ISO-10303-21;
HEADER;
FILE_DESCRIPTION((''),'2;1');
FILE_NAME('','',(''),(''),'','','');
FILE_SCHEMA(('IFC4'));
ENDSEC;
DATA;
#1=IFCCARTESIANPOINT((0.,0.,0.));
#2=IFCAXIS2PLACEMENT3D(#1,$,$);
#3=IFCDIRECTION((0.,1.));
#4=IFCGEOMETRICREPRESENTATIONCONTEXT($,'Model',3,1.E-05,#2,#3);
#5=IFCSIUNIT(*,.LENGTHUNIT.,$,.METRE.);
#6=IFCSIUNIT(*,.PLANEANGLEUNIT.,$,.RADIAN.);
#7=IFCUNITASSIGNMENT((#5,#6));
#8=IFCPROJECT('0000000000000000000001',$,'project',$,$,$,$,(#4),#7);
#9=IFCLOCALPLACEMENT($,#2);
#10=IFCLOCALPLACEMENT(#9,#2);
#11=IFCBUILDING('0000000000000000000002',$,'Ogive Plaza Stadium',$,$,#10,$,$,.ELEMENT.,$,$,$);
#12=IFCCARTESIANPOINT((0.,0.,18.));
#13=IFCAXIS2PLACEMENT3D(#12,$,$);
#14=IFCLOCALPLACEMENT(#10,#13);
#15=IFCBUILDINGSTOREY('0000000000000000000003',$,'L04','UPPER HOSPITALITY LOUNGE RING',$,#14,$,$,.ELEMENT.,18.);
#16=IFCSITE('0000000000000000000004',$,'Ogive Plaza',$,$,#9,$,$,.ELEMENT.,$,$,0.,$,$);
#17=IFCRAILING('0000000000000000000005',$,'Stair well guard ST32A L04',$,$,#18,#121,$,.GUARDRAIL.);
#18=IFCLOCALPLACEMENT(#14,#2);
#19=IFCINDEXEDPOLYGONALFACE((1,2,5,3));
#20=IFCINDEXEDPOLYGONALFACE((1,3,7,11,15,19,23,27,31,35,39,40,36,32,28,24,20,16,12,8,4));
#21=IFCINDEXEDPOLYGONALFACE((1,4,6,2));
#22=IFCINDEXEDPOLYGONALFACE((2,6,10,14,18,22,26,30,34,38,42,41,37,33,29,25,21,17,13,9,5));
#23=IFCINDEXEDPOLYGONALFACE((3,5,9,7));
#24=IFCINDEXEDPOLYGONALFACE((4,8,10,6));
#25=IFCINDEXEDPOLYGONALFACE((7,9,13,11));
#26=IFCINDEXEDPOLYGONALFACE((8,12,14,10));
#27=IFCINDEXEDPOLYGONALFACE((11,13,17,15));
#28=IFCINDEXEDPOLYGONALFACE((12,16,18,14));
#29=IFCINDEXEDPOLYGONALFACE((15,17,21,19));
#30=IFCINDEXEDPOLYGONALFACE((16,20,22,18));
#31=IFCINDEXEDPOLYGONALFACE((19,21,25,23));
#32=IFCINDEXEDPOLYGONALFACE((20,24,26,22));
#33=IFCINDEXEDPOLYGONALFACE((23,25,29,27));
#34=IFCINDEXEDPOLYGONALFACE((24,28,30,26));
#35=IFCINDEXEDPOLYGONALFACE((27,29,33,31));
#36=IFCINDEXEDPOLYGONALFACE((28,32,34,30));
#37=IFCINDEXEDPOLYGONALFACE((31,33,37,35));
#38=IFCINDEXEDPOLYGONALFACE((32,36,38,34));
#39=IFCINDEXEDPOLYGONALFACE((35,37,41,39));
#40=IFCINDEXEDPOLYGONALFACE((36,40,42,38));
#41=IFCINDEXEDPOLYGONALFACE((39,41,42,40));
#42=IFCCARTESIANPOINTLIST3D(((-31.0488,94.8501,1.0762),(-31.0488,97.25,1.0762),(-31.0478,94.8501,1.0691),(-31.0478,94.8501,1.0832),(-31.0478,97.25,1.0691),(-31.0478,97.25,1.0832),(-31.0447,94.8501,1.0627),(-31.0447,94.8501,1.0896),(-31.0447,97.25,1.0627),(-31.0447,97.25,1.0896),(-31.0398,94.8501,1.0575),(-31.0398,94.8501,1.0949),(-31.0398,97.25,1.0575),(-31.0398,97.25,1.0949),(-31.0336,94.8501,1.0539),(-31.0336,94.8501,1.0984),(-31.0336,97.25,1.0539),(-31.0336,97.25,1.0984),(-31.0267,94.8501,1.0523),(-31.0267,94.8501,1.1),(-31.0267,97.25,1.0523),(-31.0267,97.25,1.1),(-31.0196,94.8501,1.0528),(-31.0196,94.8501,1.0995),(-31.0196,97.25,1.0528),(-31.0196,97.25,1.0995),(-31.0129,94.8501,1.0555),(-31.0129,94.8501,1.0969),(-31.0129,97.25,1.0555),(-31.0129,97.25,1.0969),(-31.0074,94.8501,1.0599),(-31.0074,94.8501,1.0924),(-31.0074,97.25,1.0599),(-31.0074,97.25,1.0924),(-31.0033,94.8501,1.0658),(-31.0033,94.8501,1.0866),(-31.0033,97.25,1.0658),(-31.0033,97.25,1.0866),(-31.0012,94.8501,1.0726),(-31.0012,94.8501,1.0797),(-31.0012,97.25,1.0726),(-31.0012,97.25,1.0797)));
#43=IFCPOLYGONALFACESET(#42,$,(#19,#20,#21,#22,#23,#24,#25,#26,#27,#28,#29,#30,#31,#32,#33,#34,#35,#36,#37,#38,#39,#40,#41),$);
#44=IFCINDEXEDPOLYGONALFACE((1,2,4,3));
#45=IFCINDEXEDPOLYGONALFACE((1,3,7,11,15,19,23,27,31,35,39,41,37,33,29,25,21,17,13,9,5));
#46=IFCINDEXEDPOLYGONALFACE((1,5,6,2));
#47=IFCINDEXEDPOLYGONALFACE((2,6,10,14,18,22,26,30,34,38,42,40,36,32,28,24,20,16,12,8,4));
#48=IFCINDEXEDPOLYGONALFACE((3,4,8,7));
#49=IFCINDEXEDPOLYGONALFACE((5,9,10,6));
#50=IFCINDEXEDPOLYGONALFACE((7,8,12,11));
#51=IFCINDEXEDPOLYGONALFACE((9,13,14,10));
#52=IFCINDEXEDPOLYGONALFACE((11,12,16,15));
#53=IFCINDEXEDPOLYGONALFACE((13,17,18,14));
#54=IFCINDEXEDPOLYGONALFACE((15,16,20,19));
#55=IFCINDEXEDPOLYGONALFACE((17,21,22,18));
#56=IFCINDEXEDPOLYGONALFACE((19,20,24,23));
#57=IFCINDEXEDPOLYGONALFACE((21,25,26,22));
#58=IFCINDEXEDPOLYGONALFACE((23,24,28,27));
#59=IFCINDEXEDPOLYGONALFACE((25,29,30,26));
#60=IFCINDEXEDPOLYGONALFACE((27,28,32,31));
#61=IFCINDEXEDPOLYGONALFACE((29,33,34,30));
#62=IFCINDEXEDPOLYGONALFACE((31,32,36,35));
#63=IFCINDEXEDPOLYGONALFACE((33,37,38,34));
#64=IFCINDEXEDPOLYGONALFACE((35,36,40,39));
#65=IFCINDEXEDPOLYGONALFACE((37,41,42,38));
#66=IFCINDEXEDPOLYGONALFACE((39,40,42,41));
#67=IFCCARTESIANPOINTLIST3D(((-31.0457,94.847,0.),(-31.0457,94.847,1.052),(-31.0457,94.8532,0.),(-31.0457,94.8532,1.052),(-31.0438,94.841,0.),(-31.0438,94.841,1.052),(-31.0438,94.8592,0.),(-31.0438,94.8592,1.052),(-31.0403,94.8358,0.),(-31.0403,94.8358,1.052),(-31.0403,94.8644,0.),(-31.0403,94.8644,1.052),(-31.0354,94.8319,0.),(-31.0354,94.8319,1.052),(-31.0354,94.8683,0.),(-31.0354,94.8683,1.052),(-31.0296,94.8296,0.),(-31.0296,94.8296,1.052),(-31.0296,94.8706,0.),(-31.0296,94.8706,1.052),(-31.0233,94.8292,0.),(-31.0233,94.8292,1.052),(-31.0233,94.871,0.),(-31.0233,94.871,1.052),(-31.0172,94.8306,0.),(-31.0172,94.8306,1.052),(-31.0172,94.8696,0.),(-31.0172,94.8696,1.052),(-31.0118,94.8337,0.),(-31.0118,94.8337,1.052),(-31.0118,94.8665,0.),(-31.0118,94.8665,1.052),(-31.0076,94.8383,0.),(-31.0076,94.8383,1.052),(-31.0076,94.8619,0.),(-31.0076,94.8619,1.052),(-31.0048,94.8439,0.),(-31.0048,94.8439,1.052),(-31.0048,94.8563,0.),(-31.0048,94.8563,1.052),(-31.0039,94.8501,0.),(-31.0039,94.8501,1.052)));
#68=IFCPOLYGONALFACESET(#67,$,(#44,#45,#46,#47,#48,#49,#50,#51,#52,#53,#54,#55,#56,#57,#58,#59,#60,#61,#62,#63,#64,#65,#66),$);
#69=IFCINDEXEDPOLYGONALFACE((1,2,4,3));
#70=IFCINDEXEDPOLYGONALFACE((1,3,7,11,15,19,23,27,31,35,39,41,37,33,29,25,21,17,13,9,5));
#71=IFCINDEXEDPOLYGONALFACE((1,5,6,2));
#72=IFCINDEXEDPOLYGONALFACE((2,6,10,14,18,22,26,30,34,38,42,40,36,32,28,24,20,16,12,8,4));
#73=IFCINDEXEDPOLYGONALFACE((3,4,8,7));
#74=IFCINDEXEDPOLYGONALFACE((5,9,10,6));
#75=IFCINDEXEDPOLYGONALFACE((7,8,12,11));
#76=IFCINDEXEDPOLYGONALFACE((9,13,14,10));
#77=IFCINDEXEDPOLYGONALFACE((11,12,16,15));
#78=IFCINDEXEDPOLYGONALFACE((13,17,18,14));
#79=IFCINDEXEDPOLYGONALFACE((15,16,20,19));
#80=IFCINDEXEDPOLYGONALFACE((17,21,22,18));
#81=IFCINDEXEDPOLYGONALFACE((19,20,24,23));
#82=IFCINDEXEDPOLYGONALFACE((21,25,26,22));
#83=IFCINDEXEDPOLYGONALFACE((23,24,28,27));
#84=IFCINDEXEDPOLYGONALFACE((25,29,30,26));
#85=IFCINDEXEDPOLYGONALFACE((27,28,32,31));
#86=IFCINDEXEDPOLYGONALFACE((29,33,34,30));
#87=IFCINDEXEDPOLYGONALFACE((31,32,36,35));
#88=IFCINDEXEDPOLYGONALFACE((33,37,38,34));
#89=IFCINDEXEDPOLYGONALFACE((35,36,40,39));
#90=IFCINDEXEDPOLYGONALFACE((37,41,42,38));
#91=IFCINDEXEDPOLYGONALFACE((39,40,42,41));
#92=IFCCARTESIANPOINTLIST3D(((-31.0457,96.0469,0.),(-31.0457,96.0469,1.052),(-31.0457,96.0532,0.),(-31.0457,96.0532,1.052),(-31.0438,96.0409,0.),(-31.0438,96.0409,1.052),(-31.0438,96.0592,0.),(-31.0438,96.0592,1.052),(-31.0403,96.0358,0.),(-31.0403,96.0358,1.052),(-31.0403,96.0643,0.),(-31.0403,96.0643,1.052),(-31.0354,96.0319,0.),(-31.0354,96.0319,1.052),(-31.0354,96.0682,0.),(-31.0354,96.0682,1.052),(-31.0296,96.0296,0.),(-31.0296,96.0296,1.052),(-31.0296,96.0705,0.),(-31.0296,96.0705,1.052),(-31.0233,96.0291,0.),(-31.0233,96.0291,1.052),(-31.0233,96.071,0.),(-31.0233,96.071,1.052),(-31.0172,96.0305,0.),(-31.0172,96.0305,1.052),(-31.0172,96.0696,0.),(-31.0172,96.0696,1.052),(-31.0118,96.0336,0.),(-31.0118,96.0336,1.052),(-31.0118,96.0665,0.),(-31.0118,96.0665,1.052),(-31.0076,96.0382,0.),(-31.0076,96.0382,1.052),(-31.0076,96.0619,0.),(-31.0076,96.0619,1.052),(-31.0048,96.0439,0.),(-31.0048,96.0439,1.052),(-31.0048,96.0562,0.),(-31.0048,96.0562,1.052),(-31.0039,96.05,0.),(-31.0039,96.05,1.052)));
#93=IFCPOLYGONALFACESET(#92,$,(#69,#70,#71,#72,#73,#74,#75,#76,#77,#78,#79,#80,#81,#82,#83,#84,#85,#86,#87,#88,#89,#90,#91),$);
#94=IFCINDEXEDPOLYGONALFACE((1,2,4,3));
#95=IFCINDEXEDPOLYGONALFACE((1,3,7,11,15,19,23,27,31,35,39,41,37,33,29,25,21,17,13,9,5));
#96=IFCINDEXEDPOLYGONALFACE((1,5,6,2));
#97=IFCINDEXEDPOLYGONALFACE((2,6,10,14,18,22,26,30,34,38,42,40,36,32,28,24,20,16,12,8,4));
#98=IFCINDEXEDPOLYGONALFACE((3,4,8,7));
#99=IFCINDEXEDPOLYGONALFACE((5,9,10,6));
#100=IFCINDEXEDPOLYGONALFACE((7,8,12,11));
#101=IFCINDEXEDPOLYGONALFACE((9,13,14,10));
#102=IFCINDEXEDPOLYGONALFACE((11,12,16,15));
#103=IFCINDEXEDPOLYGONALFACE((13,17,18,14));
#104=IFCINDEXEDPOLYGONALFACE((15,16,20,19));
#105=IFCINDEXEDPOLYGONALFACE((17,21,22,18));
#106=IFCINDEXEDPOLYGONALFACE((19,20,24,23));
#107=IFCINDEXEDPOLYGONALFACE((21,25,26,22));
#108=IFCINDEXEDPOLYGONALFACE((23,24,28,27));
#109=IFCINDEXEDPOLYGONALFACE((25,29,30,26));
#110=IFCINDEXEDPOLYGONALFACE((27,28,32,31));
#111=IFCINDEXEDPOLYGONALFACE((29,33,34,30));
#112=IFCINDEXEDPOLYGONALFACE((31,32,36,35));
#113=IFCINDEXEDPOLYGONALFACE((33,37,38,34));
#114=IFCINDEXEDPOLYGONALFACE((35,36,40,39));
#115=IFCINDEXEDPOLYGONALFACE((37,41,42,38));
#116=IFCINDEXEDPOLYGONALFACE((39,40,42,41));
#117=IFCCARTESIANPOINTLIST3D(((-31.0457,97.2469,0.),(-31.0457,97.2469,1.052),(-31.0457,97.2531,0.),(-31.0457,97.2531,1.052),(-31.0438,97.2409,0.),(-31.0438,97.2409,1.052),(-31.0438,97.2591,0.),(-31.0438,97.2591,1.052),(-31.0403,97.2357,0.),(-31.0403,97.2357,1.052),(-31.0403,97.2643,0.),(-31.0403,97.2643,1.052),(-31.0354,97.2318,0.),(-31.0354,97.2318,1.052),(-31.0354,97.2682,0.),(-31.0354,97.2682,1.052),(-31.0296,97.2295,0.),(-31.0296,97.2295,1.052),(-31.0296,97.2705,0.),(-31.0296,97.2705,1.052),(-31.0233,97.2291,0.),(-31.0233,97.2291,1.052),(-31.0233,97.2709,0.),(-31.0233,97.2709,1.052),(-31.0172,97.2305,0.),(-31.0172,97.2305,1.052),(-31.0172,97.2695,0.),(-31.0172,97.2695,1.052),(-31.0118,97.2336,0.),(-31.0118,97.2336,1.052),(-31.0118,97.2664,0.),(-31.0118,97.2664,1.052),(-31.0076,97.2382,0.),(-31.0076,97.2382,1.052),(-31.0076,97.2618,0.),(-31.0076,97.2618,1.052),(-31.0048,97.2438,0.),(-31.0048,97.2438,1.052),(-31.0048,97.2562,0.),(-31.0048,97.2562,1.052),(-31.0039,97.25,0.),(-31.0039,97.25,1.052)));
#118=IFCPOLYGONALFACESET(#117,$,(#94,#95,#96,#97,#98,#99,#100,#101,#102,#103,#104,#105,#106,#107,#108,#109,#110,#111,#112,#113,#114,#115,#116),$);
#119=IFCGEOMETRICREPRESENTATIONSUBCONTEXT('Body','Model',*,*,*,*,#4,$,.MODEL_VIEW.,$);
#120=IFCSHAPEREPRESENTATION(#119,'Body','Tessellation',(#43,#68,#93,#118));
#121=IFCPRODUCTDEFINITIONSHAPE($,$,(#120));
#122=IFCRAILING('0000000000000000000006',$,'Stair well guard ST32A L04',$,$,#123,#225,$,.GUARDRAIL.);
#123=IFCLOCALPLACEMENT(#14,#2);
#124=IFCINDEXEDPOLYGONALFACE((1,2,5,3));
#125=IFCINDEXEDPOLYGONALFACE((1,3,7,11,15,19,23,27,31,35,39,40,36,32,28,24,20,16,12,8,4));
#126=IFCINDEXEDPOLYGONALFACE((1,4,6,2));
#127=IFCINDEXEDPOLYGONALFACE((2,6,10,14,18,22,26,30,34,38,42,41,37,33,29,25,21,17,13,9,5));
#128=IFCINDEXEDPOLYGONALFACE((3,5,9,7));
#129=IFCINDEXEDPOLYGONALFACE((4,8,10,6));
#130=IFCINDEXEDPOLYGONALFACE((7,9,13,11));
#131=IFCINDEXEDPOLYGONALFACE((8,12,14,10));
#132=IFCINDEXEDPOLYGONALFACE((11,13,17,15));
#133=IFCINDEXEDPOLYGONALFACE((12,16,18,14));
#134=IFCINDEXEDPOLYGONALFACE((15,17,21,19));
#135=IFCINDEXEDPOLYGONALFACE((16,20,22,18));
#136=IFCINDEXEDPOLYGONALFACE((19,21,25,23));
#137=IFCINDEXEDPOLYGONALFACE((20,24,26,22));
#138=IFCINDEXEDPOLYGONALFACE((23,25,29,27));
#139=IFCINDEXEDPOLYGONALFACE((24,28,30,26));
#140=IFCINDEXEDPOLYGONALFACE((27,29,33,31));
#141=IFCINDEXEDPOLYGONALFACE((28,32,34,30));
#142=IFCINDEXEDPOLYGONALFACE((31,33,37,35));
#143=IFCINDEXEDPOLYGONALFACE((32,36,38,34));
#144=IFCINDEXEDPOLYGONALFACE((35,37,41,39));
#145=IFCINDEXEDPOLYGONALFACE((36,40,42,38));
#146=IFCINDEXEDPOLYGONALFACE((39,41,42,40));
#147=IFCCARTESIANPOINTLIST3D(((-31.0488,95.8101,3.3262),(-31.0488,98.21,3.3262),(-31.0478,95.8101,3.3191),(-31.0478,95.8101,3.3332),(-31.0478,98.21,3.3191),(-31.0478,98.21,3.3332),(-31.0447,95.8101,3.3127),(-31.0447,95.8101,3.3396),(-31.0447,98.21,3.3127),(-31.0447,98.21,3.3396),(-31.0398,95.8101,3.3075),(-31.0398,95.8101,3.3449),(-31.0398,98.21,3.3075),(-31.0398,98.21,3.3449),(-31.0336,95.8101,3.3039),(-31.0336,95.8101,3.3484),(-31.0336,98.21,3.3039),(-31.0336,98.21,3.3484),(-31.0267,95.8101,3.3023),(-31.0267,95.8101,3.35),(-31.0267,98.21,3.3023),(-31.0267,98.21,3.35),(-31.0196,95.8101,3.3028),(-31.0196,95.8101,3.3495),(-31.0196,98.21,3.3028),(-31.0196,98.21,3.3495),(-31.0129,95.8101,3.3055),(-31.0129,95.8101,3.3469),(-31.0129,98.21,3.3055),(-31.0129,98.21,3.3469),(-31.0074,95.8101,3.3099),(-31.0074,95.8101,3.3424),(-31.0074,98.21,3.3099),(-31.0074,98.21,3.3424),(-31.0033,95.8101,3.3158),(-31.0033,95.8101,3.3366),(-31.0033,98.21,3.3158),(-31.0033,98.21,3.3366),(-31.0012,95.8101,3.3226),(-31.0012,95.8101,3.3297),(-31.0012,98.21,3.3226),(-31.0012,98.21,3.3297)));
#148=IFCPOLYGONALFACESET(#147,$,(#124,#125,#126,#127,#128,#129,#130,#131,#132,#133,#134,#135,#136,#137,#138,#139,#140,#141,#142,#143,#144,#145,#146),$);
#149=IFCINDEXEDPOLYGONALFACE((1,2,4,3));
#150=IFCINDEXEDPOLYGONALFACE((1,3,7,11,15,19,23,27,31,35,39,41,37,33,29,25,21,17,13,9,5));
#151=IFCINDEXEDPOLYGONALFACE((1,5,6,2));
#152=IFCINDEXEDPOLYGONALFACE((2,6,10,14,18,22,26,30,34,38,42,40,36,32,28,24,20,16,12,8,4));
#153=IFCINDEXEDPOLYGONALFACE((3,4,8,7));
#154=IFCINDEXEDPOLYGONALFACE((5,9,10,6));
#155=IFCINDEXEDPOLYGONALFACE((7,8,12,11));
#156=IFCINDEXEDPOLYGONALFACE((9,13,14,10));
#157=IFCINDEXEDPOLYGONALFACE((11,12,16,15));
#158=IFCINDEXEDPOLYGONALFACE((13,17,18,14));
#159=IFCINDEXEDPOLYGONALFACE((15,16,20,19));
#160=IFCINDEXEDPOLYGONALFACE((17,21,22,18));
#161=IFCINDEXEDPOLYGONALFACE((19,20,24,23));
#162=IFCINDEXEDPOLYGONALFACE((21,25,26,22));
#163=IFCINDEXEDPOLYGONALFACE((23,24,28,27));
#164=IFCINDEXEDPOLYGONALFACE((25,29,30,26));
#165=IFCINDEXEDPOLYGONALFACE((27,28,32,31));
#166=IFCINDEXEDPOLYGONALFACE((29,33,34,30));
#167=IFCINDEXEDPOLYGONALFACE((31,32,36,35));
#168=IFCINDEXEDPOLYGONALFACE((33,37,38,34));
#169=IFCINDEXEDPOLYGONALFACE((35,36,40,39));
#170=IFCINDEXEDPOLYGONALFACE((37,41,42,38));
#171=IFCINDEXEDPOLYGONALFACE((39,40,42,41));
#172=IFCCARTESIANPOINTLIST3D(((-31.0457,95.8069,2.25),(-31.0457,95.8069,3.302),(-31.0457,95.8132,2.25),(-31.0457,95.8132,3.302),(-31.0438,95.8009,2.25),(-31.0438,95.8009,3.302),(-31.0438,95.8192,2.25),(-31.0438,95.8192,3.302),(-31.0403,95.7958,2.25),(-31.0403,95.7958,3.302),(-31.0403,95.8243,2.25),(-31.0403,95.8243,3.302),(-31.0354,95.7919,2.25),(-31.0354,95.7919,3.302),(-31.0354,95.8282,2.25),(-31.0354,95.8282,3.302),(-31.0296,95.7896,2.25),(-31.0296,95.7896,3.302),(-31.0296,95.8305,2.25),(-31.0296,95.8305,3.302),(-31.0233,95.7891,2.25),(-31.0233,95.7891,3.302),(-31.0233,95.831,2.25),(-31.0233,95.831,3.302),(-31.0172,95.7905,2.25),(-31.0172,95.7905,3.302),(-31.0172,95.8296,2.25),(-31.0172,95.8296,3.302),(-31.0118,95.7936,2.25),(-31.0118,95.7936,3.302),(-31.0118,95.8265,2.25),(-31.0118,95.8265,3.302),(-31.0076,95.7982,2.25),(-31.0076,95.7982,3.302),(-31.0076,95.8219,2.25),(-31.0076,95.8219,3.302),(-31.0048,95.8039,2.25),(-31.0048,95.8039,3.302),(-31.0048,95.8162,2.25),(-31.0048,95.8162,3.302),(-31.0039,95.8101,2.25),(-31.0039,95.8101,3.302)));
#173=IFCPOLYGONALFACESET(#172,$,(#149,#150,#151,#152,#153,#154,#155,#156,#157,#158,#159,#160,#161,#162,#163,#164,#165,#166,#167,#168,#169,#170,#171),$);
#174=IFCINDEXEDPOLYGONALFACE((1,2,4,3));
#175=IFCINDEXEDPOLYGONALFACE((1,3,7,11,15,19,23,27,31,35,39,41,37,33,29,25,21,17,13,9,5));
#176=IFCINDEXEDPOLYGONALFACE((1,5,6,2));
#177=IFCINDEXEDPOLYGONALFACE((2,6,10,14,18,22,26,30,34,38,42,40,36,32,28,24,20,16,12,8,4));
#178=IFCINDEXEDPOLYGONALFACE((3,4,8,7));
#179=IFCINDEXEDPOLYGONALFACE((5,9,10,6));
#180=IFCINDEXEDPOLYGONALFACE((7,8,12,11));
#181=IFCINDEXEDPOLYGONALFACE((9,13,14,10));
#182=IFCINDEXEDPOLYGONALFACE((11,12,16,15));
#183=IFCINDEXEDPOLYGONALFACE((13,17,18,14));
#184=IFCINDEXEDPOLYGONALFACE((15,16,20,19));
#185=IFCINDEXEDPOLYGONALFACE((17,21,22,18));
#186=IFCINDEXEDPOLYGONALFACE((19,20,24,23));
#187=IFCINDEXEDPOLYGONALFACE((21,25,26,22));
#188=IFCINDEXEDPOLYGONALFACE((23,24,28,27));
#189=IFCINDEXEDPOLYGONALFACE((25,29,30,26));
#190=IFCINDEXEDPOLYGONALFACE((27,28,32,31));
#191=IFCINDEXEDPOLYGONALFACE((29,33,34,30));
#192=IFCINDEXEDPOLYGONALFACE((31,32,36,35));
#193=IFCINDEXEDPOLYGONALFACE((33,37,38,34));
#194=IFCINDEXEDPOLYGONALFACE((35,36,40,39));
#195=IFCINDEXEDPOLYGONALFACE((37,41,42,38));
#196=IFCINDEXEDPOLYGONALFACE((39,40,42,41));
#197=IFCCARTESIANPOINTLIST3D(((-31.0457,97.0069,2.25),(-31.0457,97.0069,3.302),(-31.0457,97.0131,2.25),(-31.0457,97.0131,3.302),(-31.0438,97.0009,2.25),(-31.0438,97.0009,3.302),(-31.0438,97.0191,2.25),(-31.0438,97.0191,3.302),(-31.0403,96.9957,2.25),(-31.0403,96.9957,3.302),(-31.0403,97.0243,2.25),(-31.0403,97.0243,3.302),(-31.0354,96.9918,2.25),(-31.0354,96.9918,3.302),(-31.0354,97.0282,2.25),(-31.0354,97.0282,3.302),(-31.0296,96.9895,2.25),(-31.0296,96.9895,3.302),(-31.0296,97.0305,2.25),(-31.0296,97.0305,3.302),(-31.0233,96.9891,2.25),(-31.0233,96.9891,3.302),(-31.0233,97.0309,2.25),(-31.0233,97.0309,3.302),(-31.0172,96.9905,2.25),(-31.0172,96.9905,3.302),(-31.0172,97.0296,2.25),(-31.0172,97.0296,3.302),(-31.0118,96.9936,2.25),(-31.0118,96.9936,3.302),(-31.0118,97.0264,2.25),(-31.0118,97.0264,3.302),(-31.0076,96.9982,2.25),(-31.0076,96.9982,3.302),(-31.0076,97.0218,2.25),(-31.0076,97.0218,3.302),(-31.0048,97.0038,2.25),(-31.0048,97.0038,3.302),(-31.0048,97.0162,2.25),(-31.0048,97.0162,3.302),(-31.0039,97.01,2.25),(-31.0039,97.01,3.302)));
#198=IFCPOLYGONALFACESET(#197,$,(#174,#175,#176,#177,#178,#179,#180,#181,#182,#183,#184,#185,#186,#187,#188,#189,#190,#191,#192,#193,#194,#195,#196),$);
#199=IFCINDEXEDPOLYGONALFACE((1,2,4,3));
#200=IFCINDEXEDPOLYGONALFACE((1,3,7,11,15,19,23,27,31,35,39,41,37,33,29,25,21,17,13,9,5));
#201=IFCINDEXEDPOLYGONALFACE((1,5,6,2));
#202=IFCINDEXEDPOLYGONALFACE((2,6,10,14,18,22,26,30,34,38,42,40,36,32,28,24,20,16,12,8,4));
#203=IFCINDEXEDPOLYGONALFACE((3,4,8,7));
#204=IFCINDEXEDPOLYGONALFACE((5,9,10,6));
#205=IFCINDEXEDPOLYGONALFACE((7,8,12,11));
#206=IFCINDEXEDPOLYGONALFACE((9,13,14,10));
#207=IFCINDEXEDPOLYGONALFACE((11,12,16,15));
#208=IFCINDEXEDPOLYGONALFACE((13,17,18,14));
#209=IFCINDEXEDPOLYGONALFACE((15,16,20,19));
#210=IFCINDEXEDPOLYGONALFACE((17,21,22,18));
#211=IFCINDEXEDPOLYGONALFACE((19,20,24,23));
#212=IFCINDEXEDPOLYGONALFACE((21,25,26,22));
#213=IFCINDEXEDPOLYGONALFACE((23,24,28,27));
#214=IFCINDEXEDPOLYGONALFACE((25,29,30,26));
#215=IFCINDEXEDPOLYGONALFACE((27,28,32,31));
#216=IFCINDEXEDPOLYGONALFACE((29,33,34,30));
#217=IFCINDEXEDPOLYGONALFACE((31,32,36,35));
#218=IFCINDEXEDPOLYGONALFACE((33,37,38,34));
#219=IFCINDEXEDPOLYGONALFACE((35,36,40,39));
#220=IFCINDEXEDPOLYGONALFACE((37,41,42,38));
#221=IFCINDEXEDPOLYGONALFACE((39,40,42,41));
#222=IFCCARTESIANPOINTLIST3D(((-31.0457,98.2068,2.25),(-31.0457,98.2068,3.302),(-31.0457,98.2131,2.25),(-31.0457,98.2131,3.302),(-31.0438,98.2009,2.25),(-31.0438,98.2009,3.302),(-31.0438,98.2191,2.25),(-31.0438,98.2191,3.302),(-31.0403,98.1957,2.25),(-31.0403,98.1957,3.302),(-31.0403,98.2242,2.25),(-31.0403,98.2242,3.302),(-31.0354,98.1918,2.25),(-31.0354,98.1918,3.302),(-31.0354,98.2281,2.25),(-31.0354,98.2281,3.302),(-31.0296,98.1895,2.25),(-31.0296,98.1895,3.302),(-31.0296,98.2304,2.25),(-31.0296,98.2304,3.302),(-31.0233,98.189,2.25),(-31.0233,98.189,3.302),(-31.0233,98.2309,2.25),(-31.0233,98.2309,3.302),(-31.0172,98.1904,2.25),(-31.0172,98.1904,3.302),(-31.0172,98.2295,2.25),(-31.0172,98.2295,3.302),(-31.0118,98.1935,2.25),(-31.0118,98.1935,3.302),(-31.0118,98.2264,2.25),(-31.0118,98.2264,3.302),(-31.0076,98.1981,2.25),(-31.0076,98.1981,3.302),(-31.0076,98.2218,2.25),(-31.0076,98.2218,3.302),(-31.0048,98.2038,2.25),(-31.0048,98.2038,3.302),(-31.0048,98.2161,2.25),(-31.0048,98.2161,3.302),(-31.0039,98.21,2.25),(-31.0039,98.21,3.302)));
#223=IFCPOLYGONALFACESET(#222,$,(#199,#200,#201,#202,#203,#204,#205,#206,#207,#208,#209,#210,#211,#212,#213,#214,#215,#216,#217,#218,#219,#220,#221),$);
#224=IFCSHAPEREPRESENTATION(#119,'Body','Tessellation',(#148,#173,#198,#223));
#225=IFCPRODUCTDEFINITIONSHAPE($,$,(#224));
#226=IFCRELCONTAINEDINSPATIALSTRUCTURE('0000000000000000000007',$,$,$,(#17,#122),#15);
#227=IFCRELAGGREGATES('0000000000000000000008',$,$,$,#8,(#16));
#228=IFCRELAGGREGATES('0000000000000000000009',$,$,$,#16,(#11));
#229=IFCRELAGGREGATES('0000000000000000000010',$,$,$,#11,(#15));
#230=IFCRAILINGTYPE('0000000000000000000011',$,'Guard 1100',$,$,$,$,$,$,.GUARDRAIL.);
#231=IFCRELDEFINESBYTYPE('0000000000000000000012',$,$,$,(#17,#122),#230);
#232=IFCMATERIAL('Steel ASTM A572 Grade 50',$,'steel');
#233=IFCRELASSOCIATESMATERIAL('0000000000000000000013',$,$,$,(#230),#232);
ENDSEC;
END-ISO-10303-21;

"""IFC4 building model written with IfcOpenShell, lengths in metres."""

from ifc_helpers import new_model, si_unit, direction, frame, origin, origin_2d, place, context, subcontext, project, spatial, circle, extrude, material, type_object, element, save


model = new_model("IFC4")

# Units and contexts
model_context = context("Model", 3, precision=1e-05, world=origin(), true_north=direction((0.0, 1.0)))
body_context = subcontext(model_context, "Body", "Model", "MODEL_VIEW")
ifc_project = project(units=[si_unit("LENGTHUNIT", "METRE"), si_unit("PLANEANGLEUNIT", "RADIAN")], contexts=[model_context])

# Site, building, storey
site_placement = place(None, origin())
site = spatial("IfcSite", under=ifc_project, at=site_placement, Name="Ogive Plaza", CompositionType="ELEMENT", RefElevation=0.0)
building_placement = place(site_placement, origin())
building = spatial("IfcBuilding", under=site, at=building_placement, Name="Ogive Plaza Stadium", CompositionType="ELEMENT")
storey_placement = place(building_placement, frame((0.0, 0.0, 18.0)))
storey = spatial("IfcBuildingStorey", under=building, at=storey_placement, Name="L04", Description="UPPER HOSPITALITY LOUNGE RING", CompositionType="ELEMENT", Elevation=18.0)

# Railings
ifc_material_1 = material(Name="Steel ASTM A572 Grade 50", Category="steel")
railing_type_1 = type_object("IfcRailingType", Name="Guard 1100", PredefinedType="GUARDRAIL", material=ifc_material_1)
for number, where, name in (
    (1, (-31.0249, 94.8501, 0.0), "Stair well guard ST32A L04"),
    (2, (-31.0249, 95.8101, 2.25), "Stair well guard ST32A L04"),
):
    element("IfcRailing", number, at=place(storey_placement, frame(where)), inside=storey, type_object=railing_type_1, Name=name, PredefinedType="GUARDRAIL", context=body_context, shape_type="SweptSolid", body=[
        extrude(circle(Radius=0.0239, at=origin_2d()), frame((0.0, 0.0, 1.0762), z_axis=(0.0, 1.0, 0.0), x_axis=(-1.0, 0.0, 0.0)), (0.0, 0.0, 1.0), 2.3999),
        extrude(circle(Radius=0.021, at=origin_2d()), origin(), (0.0, 0.0, 1.0), 1.052),
        extrude(circle(Radius=0.021, at=origin_2d()), frame((0.0, 1.2, 0.0)), (0.0, 0.0, 1.0), 1.052),
        extrude(circle(Radius=0.021, at=origin_2d()), frame((0.0, 2.3999, 0.0)), (0.0, 0.0, 1.0), 1.052),
    ])

save(model, "model.ifc")
